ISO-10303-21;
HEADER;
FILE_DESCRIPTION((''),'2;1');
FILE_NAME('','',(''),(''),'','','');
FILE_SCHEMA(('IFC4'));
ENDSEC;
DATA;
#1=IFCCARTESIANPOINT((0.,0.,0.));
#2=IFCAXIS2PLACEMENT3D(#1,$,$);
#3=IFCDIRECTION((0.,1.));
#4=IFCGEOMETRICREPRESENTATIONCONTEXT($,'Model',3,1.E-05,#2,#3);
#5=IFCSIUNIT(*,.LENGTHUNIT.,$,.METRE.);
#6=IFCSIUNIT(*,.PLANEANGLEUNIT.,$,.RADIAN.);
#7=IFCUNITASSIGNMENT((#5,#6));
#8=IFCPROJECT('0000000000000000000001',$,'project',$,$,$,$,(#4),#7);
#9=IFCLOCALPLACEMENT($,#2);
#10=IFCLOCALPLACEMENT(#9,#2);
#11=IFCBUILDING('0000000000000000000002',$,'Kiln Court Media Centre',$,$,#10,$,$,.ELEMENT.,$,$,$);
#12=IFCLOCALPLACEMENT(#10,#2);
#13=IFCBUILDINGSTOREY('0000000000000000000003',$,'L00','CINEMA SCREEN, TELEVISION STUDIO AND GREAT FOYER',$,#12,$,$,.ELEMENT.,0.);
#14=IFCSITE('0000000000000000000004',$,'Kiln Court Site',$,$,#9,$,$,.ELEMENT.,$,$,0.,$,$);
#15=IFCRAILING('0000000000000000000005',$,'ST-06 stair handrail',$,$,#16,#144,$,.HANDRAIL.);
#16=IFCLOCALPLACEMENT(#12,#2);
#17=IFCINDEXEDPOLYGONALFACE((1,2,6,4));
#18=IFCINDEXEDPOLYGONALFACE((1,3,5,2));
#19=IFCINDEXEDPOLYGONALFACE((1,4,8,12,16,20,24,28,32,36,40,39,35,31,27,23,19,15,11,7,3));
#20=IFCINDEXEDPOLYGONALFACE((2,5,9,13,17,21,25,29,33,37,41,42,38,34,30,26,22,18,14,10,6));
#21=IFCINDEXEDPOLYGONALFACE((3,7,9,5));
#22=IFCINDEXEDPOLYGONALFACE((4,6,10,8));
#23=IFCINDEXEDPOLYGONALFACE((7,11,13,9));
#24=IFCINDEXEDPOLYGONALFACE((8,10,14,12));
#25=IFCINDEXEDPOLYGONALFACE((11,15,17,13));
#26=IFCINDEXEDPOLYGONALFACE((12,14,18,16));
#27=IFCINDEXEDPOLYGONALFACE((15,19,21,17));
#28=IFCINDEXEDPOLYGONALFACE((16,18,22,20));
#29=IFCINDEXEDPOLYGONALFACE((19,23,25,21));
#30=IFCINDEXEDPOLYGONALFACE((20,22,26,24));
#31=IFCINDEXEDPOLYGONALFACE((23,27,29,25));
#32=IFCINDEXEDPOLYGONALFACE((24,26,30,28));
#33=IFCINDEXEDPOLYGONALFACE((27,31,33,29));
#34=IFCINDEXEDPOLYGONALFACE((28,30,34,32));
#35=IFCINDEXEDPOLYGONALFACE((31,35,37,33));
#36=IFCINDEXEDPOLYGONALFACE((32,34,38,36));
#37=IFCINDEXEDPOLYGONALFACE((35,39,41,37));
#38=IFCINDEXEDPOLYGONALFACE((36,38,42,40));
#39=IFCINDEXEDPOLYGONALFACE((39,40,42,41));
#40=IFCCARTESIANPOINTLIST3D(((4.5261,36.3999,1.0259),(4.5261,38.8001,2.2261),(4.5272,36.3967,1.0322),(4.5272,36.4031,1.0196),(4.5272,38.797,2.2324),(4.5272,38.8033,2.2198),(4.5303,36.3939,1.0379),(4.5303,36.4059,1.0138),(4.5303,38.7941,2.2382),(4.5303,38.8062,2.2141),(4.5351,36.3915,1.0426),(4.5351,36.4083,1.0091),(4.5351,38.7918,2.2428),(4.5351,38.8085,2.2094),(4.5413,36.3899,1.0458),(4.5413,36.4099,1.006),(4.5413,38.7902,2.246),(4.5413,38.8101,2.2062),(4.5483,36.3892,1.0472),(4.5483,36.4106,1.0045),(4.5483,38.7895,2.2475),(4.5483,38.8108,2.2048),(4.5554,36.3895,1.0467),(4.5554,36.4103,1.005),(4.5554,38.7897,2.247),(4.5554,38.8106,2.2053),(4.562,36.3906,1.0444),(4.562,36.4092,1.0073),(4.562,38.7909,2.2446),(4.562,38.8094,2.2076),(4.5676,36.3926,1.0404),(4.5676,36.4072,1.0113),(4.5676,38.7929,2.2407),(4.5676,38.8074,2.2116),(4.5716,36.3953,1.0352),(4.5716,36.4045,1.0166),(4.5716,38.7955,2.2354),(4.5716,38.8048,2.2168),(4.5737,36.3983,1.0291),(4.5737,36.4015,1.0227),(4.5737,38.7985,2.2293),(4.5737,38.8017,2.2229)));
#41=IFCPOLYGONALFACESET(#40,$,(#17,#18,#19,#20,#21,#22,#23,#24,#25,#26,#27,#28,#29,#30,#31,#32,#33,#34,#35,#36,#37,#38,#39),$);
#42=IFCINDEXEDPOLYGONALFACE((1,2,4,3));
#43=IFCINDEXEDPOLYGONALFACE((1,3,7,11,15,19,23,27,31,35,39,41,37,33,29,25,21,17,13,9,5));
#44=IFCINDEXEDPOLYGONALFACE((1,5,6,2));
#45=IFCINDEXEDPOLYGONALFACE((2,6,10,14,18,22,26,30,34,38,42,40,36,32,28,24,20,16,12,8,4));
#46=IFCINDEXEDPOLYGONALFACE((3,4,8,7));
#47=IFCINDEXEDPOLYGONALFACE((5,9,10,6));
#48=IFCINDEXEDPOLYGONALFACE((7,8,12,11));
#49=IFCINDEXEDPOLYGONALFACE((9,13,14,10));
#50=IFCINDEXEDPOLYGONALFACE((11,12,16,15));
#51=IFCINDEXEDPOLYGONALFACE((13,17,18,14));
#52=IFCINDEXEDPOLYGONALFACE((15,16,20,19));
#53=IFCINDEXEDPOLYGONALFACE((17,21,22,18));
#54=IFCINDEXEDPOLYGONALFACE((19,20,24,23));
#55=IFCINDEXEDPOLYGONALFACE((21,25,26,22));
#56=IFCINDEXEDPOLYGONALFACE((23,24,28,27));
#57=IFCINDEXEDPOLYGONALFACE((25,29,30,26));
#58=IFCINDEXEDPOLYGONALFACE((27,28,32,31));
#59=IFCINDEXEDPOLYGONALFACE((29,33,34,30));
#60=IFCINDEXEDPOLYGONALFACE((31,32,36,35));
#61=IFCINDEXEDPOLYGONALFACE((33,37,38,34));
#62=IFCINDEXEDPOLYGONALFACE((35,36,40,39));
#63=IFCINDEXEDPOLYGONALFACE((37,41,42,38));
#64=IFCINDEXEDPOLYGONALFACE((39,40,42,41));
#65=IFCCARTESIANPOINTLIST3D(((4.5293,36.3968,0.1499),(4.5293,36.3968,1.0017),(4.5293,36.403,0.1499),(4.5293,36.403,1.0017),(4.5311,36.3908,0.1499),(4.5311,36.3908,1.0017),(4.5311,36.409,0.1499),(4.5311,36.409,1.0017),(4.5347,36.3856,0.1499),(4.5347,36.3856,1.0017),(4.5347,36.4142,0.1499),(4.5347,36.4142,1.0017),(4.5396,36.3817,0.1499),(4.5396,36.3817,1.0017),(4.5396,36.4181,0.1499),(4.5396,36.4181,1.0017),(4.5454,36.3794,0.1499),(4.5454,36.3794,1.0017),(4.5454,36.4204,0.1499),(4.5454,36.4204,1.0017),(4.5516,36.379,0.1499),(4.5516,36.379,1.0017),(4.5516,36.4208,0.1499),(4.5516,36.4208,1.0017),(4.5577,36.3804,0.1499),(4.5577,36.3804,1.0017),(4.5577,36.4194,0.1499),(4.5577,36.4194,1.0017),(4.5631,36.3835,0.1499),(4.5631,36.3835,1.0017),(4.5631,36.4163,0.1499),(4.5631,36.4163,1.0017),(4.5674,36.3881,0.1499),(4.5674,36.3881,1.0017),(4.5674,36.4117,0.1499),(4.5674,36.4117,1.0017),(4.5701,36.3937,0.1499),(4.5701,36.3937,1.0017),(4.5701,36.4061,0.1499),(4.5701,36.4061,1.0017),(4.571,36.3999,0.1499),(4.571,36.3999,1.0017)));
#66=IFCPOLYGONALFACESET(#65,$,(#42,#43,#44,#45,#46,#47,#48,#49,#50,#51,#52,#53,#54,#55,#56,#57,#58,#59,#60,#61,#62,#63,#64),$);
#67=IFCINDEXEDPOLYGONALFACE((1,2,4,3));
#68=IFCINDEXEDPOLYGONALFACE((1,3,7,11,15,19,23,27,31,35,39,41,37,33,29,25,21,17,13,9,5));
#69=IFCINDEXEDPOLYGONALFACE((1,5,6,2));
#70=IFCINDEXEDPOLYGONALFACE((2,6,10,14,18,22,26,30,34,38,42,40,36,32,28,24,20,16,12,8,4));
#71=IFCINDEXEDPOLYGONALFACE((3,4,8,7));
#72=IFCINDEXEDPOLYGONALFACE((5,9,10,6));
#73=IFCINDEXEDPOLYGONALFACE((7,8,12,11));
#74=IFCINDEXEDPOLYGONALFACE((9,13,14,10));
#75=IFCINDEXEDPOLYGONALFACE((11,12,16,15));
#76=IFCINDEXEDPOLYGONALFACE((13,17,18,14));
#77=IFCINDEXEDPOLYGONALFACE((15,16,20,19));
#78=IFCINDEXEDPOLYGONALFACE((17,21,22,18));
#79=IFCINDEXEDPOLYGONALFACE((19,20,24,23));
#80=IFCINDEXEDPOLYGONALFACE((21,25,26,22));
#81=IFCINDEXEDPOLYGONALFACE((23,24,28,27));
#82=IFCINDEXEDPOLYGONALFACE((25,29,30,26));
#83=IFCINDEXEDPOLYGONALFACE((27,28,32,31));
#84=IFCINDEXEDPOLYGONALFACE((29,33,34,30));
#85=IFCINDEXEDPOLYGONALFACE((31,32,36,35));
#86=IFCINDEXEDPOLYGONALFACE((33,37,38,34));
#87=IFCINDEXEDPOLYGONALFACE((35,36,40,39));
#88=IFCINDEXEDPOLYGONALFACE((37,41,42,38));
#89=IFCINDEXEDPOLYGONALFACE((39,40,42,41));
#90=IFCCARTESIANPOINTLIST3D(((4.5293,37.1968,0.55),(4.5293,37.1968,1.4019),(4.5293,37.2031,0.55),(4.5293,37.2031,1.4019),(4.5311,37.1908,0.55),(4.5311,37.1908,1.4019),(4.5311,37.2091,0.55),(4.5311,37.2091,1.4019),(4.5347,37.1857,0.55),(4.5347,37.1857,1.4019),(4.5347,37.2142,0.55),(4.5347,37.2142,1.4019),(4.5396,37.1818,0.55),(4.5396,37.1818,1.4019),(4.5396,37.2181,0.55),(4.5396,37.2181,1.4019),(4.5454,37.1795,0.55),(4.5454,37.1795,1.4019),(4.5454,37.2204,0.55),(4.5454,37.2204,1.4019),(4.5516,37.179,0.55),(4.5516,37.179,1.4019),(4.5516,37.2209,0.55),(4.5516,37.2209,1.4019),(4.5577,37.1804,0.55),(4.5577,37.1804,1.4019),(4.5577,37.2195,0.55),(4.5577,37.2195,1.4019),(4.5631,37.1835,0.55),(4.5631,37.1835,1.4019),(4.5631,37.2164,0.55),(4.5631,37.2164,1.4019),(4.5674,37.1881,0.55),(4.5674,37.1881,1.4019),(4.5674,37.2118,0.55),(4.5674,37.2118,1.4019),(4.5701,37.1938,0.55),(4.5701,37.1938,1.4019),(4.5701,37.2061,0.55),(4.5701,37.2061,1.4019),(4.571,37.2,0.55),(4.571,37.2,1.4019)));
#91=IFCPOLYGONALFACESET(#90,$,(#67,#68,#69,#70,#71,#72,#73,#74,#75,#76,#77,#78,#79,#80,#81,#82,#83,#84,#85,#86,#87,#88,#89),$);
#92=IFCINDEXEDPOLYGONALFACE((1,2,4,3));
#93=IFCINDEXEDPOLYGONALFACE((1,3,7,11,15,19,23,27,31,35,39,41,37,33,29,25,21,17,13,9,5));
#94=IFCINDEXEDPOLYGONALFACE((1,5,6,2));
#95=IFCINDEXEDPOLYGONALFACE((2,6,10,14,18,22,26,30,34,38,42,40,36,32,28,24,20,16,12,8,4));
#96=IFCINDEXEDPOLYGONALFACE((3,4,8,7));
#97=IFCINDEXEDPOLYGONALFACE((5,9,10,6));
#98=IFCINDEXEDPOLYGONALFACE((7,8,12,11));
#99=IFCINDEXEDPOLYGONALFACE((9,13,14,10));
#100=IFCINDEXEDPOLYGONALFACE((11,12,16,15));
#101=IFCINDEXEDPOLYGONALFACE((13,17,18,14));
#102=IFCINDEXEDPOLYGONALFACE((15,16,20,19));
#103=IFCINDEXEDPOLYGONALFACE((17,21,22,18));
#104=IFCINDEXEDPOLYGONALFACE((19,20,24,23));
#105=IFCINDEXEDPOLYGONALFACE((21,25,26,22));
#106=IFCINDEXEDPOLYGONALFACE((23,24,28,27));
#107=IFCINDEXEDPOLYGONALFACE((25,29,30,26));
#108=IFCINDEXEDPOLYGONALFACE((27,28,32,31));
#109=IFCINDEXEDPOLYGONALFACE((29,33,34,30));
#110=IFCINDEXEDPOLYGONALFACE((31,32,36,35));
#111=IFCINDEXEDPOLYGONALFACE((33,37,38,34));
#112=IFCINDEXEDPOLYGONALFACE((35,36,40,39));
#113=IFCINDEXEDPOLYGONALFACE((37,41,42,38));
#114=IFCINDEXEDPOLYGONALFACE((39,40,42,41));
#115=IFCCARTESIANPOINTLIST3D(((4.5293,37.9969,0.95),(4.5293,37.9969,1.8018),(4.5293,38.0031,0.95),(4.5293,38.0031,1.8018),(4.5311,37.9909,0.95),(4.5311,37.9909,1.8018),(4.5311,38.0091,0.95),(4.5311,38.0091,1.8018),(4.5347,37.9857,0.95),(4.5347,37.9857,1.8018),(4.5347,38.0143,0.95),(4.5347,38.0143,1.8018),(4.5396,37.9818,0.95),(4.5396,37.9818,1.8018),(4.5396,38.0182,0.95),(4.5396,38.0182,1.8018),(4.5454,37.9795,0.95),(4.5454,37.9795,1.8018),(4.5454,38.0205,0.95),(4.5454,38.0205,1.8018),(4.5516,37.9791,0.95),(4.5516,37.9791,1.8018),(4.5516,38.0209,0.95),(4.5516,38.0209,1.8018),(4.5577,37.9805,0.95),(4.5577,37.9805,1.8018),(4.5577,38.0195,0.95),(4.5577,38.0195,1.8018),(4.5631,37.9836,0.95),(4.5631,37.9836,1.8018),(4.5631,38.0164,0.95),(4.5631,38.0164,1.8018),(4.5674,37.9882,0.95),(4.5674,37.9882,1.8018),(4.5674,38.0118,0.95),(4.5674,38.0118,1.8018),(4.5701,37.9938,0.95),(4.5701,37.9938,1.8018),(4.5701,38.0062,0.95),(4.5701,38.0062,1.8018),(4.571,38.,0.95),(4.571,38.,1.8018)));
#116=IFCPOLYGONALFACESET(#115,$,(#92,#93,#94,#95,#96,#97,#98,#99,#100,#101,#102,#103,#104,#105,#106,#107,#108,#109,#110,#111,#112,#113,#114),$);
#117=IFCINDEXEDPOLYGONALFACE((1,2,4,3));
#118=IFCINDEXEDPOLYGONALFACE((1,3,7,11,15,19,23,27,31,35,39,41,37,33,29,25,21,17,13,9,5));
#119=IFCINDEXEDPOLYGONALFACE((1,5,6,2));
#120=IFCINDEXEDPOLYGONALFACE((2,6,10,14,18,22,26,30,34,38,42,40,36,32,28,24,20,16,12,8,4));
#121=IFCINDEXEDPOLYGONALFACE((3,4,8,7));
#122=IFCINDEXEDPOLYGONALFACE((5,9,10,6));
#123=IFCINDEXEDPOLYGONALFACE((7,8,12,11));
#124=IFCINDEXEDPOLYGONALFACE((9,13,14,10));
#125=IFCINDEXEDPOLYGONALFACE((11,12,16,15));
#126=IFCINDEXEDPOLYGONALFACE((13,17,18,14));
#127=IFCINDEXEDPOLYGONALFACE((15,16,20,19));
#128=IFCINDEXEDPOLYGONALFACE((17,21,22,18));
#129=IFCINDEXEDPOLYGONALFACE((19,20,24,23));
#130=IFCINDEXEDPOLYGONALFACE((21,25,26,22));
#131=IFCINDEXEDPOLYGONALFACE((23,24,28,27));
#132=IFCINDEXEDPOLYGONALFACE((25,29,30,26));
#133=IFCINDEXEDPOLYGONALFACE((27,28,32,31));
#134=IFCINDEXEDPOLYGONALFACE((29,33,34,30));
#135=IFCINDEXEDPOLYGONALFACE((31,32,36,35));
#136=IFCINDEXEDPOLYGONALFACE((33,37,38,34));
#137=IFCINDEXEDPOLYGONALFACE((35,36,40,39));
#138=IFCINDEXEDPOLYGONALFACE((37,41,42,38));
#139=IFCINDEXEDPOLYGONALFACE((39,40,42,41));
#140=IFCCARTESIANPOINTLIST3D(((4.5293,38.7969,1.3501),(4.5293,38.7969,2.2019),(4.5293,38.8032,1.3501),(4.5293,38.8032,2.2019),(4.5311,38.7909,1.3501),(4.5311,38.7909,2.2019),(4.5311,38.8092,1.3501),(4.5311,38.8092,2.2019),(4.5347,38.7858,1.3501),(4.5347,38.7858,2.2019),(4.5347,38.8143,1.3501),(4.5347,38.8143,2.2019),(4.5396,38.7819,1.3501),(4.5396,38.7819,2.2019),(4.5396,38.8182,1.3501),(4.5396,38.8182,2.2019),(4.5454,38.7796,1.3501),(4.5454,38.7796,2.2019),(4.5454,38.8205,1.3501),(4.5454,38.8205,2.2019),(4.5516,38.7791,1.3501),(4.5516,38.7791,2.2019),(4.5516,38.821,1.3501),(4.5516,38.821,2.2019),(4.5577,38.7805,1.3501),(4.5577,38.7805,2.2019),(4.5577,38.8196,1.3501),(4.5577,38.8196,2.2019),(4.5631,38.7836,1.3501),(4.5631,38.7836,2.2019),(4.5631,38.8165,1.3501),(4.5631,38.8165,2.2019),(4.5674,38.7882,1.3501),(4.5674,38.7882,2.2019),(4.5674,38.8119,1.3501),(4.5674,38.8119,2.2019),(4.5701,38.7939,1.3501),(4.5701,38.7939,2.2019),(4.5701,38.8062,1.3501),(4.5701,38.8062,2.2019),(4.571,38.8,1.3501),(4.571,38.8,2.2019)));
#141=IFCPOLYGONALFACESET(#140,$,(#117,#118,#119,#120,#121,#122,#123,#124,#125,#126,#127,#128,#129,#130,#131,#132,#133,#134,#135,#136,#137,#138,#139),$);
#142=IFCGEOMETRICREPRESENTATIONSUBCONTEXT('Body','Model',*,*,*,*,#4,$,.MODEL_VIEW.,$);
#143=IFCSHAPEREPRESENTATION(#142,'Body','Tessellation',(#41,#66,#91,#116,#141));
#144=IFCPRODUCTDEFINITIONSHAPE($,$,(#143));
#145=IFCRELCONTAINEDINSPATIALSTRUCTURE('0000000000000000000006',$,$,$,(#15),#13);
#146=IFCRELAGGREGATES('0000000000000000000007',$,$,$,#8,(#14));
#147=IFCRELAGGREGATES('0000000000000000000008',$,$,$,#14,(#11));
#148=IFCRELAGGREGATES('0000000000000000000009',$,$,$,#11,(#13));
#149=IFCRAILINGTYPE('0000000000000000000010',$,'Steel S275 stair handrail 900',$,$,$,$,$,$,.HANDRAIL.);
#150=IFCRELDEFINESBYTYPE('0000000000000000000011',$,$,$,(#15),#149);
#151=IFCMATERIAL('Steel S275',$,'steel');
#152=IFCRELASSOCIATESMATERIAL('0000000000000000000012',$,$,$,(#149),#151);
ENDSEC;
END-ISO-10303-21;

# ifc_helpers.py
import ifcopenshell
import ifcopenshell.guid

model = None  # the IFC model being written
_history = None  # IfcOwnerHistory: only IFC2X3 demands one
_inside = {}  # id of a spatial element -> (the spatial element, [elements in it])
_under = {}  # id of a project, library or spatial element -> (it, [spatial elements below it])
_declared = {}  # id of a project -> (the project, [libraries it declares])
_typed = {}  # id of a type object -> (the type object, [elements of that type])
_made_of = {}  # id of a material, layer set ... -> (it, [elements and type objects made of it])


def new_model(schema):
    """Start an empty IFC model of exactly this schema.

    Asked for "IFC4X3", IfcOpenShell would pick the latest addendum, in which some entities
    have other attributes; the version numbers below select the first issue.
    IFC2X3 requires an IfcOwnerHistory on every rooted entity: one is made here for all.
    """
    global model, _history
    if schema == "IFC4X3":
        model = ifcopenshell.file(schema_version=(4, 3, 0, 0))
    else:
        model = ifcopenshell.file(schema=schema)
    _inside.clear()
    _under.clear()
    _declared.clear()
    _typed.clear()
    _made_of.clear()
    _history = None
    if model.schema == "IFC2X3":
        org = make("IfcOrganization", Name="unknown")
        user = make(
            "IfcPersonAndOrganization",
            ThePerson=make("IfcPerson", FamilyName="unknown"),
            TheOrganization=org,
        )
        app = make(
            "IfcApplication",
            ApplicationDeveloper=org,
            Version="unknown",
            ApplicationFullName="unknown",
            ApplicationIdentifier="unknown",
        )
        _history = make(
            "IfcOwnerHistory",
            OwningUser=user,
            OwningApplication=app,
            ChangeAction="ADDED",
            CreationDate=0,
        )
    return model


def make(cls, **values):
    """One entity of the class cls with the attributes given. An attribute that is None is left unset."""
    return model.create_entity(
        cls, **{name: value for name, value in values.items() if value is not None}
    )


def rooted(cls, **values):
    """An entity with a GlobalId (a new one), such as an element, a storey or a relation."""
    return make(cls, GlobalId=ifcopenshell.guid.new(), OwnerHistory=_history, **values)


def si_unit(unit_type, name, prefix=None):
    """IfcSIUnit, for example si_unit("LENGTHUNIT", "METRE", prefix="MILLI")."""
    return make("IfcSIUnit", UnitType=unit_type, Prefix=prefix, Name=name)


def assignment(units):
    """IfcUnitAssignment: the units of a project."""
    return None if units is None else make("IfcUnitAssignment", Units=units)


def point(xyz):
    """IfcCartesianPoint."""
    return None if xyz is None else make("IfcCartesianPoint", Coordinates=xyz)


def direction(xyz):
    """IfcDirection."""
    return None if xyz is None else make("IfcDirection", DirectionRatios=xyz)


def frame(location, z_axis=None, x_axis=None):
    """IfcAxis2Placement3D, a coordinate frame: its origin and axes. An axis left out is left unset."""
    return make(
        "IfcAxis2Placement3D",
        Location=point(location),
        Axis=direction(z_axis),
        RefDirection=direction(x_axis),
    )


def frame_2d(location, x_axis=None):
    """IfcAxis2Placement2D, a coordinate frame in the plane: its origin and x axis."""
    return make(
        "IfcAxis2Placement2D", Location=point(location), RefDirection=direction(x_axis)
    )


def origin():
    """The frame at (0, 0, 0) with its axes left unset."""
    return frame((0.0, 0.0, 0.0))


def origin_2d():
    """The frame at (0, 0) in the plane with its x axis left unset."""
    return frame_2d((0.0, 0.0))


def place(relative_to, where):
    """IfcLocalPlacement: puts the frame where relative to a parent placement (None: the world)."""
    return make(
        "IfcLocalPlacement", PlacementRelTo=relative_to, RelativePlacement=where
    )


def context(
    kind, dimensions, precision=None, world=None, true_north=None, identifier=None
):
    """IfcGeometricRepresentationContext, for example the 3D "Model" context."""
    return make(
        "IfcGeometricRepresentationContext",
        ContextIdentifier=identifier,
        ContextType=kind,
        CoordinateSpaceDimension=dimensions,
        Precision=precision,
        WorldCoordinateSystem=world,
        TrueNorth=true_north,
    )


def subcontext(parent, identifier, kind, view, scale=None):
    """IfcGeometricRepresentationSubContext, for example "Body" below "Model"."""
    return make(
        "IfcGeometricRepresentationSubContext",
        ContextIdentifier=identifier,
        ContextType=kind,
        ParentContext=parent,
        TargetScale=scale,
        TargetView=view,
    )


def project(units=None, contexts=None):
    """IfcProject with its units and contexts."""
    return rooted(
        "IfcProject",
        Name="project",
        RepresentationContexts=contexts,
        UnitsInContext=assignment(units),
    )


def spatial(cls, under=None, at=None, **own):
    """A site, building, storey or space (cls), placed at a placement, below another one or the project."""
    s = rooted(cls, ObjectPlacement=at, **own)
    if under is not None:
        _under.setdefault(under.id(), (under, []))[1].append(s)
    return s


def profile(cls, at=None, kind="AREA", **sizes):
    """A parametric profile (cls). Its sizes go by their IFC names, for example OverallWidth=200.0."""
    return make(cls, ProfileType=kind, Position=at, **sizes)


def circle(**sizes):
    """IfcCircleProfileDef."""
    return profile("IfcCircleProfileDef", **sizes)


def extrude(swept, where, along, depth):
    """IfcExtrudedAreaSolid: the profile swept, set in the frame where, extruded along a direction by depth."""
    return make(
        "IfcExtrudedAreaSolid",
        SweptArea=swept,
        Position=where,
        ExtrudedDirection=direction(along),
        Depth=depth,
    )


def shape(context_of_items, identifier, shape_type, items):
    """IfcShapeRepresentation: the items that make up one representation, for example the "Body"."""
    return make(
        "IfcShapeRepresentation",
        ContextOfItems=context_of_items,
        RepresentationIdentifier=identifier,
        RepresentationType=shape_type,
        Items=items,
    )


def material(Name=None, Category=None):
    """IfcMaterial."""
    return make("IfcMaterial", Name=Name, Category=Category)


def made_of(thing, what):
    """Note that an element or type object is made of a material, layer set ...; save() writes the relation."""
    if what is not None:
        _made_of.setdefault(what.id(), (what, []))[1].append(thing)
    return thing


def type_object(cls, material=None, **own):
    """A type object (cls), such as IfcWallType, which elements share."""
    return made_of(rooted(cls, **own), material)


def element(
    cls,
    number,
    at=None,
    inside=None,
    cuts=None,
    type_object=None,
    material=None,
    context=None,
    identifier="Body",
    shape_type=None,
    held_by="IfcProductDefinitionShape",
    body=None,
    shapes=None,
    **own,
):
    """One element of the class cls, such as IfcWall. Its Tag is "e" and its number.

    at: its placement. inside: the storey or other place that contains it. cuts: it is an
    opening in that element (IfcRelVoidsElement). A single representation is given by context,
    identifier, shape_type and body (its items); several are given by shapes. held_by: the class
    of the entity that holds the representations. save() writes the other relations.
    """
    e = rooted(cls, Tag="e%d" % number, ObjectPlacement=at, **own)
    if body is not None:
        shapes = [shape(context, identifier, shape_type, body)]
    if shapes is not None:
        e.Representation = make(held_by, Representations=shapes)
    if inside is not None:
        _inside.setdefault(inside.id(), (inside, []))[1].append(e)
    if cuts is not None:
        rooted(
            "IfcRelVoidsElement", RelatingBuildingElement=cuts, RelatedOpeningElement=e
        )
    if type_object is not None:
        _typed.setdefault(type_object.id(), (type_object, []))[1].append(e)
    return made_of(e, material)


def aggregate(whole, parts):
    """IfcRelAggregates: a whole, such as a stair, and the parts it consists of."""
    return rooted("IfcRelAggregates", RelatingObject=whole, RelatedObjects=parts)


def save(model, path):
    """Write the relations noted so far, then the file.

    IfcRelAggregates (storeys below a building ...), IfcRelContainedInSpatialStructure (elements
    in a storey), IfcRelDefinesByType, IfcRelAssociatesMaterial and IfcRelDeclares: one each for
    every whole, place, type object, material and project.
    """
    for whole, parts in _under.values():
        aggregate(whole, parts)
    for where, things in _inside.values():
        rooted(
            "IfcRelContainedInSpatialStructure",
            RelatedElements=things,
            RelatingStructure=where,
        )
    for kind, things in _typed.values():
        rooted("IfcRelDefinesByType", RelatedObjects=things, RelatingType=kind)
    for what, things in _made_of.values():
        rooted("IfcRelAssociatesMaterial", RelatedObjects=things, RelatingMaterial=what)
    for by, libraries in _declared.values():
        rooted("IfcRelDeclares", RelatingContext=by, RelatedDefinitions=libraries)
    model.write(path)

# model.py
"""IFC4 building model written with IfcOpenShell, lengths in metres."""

from ifc_helpers import new_model, si_unit, direction, frame, origin, origin_2d, place, context, subcontext, project, spatial, circle, extrude, material, type_object, element, save


model = new_model("IFC4")

# Units and contexts
model_context = context("Model", 3, precision=1e-05, world=origin(), true_north=direction((0.0, 1.0)))
body_context = subcontext(model_context, "Body", "Model", "MODEL_VIEW")
ifc_project = project(units=[si_unit("LENGTHUNIT", "METRE"), si_unit("PLANEANGLEUNIT", "RADIAN")], contexts=[model_context])

# Site, building, storey
site_placement = place(None, origin())
site = spatial("IfcSite", under=ifc_project, at=site_placement, Name="Kiln Court Site", CompositionType="ELEMENT", RefElevation=0.0)
building_placement = place(site_placement, origin())
building = spatial("IfcBuilding", under=site, at=building_placement, Name="Kiln Court Media Centre", CompositionType="ELEMENT")
storey_placement = place(building_placement, origin())
storey = spatial("IfcBuildingStorey", under=building, at=storey_placement, Name="L00", Description="CINEMA SCREEN, TELEVISION STUDIO AND GREAT FOYER", CompositionType="ELEMENT", Elevation=0.0)

# Railing
ifc_material_1 = material(Name="Steel S275", Category="steel")
railing_type_1 = type_object("IfcRailingType", Name="Steel S275 stair handrail 900", PredefinedType="HANDRAIL", material=ifc_material_1)
railing_1_placement = place(storey_placement, frame((4.55, 36.3999, 0.1499)))
element("IfcRailing", 1, at=railing_1_placement, inside=storey, type_object=railing_type_1, Name="ST-06 stair handrail", PredefinedType="HANDRAIL", context=body_context, shape_type="SweptSolid", body=[
    extrude(circle(Radius=0.0239, at=origin_2d()), frame((0.0, 0.0, 0.876), z_axis=(0.0, 0.894409, 0.44725), x_axis=(-1.0, 0.0, 0.0)), (0.0, 0.0, 1.0), 2.6836),
    extrude(circle(Radius=0.021, at=origin_2d()), origin(), (0.0, 0.0, 1.0), 0.8518),
    extrude(circle(Radius=0.021, at=origin_2d()), frame((0.0, 0.8, 0.4001)), (0.0, 0.0, 1.0), 0.8518),
    extrude(circle(Radius=0.021, at=origin_2d()), frame((0.0, 1.6001, 0.8)), (0.0, 0.0, 1.0), 0.8518),
    extrude(circle(Radius=0.021, at=origin_2d()), frame((0.0, 2.4001, 1.2002)), (0.0, 0.0, 1.0), 0.8518),
])

save(model, "model.ifc")
